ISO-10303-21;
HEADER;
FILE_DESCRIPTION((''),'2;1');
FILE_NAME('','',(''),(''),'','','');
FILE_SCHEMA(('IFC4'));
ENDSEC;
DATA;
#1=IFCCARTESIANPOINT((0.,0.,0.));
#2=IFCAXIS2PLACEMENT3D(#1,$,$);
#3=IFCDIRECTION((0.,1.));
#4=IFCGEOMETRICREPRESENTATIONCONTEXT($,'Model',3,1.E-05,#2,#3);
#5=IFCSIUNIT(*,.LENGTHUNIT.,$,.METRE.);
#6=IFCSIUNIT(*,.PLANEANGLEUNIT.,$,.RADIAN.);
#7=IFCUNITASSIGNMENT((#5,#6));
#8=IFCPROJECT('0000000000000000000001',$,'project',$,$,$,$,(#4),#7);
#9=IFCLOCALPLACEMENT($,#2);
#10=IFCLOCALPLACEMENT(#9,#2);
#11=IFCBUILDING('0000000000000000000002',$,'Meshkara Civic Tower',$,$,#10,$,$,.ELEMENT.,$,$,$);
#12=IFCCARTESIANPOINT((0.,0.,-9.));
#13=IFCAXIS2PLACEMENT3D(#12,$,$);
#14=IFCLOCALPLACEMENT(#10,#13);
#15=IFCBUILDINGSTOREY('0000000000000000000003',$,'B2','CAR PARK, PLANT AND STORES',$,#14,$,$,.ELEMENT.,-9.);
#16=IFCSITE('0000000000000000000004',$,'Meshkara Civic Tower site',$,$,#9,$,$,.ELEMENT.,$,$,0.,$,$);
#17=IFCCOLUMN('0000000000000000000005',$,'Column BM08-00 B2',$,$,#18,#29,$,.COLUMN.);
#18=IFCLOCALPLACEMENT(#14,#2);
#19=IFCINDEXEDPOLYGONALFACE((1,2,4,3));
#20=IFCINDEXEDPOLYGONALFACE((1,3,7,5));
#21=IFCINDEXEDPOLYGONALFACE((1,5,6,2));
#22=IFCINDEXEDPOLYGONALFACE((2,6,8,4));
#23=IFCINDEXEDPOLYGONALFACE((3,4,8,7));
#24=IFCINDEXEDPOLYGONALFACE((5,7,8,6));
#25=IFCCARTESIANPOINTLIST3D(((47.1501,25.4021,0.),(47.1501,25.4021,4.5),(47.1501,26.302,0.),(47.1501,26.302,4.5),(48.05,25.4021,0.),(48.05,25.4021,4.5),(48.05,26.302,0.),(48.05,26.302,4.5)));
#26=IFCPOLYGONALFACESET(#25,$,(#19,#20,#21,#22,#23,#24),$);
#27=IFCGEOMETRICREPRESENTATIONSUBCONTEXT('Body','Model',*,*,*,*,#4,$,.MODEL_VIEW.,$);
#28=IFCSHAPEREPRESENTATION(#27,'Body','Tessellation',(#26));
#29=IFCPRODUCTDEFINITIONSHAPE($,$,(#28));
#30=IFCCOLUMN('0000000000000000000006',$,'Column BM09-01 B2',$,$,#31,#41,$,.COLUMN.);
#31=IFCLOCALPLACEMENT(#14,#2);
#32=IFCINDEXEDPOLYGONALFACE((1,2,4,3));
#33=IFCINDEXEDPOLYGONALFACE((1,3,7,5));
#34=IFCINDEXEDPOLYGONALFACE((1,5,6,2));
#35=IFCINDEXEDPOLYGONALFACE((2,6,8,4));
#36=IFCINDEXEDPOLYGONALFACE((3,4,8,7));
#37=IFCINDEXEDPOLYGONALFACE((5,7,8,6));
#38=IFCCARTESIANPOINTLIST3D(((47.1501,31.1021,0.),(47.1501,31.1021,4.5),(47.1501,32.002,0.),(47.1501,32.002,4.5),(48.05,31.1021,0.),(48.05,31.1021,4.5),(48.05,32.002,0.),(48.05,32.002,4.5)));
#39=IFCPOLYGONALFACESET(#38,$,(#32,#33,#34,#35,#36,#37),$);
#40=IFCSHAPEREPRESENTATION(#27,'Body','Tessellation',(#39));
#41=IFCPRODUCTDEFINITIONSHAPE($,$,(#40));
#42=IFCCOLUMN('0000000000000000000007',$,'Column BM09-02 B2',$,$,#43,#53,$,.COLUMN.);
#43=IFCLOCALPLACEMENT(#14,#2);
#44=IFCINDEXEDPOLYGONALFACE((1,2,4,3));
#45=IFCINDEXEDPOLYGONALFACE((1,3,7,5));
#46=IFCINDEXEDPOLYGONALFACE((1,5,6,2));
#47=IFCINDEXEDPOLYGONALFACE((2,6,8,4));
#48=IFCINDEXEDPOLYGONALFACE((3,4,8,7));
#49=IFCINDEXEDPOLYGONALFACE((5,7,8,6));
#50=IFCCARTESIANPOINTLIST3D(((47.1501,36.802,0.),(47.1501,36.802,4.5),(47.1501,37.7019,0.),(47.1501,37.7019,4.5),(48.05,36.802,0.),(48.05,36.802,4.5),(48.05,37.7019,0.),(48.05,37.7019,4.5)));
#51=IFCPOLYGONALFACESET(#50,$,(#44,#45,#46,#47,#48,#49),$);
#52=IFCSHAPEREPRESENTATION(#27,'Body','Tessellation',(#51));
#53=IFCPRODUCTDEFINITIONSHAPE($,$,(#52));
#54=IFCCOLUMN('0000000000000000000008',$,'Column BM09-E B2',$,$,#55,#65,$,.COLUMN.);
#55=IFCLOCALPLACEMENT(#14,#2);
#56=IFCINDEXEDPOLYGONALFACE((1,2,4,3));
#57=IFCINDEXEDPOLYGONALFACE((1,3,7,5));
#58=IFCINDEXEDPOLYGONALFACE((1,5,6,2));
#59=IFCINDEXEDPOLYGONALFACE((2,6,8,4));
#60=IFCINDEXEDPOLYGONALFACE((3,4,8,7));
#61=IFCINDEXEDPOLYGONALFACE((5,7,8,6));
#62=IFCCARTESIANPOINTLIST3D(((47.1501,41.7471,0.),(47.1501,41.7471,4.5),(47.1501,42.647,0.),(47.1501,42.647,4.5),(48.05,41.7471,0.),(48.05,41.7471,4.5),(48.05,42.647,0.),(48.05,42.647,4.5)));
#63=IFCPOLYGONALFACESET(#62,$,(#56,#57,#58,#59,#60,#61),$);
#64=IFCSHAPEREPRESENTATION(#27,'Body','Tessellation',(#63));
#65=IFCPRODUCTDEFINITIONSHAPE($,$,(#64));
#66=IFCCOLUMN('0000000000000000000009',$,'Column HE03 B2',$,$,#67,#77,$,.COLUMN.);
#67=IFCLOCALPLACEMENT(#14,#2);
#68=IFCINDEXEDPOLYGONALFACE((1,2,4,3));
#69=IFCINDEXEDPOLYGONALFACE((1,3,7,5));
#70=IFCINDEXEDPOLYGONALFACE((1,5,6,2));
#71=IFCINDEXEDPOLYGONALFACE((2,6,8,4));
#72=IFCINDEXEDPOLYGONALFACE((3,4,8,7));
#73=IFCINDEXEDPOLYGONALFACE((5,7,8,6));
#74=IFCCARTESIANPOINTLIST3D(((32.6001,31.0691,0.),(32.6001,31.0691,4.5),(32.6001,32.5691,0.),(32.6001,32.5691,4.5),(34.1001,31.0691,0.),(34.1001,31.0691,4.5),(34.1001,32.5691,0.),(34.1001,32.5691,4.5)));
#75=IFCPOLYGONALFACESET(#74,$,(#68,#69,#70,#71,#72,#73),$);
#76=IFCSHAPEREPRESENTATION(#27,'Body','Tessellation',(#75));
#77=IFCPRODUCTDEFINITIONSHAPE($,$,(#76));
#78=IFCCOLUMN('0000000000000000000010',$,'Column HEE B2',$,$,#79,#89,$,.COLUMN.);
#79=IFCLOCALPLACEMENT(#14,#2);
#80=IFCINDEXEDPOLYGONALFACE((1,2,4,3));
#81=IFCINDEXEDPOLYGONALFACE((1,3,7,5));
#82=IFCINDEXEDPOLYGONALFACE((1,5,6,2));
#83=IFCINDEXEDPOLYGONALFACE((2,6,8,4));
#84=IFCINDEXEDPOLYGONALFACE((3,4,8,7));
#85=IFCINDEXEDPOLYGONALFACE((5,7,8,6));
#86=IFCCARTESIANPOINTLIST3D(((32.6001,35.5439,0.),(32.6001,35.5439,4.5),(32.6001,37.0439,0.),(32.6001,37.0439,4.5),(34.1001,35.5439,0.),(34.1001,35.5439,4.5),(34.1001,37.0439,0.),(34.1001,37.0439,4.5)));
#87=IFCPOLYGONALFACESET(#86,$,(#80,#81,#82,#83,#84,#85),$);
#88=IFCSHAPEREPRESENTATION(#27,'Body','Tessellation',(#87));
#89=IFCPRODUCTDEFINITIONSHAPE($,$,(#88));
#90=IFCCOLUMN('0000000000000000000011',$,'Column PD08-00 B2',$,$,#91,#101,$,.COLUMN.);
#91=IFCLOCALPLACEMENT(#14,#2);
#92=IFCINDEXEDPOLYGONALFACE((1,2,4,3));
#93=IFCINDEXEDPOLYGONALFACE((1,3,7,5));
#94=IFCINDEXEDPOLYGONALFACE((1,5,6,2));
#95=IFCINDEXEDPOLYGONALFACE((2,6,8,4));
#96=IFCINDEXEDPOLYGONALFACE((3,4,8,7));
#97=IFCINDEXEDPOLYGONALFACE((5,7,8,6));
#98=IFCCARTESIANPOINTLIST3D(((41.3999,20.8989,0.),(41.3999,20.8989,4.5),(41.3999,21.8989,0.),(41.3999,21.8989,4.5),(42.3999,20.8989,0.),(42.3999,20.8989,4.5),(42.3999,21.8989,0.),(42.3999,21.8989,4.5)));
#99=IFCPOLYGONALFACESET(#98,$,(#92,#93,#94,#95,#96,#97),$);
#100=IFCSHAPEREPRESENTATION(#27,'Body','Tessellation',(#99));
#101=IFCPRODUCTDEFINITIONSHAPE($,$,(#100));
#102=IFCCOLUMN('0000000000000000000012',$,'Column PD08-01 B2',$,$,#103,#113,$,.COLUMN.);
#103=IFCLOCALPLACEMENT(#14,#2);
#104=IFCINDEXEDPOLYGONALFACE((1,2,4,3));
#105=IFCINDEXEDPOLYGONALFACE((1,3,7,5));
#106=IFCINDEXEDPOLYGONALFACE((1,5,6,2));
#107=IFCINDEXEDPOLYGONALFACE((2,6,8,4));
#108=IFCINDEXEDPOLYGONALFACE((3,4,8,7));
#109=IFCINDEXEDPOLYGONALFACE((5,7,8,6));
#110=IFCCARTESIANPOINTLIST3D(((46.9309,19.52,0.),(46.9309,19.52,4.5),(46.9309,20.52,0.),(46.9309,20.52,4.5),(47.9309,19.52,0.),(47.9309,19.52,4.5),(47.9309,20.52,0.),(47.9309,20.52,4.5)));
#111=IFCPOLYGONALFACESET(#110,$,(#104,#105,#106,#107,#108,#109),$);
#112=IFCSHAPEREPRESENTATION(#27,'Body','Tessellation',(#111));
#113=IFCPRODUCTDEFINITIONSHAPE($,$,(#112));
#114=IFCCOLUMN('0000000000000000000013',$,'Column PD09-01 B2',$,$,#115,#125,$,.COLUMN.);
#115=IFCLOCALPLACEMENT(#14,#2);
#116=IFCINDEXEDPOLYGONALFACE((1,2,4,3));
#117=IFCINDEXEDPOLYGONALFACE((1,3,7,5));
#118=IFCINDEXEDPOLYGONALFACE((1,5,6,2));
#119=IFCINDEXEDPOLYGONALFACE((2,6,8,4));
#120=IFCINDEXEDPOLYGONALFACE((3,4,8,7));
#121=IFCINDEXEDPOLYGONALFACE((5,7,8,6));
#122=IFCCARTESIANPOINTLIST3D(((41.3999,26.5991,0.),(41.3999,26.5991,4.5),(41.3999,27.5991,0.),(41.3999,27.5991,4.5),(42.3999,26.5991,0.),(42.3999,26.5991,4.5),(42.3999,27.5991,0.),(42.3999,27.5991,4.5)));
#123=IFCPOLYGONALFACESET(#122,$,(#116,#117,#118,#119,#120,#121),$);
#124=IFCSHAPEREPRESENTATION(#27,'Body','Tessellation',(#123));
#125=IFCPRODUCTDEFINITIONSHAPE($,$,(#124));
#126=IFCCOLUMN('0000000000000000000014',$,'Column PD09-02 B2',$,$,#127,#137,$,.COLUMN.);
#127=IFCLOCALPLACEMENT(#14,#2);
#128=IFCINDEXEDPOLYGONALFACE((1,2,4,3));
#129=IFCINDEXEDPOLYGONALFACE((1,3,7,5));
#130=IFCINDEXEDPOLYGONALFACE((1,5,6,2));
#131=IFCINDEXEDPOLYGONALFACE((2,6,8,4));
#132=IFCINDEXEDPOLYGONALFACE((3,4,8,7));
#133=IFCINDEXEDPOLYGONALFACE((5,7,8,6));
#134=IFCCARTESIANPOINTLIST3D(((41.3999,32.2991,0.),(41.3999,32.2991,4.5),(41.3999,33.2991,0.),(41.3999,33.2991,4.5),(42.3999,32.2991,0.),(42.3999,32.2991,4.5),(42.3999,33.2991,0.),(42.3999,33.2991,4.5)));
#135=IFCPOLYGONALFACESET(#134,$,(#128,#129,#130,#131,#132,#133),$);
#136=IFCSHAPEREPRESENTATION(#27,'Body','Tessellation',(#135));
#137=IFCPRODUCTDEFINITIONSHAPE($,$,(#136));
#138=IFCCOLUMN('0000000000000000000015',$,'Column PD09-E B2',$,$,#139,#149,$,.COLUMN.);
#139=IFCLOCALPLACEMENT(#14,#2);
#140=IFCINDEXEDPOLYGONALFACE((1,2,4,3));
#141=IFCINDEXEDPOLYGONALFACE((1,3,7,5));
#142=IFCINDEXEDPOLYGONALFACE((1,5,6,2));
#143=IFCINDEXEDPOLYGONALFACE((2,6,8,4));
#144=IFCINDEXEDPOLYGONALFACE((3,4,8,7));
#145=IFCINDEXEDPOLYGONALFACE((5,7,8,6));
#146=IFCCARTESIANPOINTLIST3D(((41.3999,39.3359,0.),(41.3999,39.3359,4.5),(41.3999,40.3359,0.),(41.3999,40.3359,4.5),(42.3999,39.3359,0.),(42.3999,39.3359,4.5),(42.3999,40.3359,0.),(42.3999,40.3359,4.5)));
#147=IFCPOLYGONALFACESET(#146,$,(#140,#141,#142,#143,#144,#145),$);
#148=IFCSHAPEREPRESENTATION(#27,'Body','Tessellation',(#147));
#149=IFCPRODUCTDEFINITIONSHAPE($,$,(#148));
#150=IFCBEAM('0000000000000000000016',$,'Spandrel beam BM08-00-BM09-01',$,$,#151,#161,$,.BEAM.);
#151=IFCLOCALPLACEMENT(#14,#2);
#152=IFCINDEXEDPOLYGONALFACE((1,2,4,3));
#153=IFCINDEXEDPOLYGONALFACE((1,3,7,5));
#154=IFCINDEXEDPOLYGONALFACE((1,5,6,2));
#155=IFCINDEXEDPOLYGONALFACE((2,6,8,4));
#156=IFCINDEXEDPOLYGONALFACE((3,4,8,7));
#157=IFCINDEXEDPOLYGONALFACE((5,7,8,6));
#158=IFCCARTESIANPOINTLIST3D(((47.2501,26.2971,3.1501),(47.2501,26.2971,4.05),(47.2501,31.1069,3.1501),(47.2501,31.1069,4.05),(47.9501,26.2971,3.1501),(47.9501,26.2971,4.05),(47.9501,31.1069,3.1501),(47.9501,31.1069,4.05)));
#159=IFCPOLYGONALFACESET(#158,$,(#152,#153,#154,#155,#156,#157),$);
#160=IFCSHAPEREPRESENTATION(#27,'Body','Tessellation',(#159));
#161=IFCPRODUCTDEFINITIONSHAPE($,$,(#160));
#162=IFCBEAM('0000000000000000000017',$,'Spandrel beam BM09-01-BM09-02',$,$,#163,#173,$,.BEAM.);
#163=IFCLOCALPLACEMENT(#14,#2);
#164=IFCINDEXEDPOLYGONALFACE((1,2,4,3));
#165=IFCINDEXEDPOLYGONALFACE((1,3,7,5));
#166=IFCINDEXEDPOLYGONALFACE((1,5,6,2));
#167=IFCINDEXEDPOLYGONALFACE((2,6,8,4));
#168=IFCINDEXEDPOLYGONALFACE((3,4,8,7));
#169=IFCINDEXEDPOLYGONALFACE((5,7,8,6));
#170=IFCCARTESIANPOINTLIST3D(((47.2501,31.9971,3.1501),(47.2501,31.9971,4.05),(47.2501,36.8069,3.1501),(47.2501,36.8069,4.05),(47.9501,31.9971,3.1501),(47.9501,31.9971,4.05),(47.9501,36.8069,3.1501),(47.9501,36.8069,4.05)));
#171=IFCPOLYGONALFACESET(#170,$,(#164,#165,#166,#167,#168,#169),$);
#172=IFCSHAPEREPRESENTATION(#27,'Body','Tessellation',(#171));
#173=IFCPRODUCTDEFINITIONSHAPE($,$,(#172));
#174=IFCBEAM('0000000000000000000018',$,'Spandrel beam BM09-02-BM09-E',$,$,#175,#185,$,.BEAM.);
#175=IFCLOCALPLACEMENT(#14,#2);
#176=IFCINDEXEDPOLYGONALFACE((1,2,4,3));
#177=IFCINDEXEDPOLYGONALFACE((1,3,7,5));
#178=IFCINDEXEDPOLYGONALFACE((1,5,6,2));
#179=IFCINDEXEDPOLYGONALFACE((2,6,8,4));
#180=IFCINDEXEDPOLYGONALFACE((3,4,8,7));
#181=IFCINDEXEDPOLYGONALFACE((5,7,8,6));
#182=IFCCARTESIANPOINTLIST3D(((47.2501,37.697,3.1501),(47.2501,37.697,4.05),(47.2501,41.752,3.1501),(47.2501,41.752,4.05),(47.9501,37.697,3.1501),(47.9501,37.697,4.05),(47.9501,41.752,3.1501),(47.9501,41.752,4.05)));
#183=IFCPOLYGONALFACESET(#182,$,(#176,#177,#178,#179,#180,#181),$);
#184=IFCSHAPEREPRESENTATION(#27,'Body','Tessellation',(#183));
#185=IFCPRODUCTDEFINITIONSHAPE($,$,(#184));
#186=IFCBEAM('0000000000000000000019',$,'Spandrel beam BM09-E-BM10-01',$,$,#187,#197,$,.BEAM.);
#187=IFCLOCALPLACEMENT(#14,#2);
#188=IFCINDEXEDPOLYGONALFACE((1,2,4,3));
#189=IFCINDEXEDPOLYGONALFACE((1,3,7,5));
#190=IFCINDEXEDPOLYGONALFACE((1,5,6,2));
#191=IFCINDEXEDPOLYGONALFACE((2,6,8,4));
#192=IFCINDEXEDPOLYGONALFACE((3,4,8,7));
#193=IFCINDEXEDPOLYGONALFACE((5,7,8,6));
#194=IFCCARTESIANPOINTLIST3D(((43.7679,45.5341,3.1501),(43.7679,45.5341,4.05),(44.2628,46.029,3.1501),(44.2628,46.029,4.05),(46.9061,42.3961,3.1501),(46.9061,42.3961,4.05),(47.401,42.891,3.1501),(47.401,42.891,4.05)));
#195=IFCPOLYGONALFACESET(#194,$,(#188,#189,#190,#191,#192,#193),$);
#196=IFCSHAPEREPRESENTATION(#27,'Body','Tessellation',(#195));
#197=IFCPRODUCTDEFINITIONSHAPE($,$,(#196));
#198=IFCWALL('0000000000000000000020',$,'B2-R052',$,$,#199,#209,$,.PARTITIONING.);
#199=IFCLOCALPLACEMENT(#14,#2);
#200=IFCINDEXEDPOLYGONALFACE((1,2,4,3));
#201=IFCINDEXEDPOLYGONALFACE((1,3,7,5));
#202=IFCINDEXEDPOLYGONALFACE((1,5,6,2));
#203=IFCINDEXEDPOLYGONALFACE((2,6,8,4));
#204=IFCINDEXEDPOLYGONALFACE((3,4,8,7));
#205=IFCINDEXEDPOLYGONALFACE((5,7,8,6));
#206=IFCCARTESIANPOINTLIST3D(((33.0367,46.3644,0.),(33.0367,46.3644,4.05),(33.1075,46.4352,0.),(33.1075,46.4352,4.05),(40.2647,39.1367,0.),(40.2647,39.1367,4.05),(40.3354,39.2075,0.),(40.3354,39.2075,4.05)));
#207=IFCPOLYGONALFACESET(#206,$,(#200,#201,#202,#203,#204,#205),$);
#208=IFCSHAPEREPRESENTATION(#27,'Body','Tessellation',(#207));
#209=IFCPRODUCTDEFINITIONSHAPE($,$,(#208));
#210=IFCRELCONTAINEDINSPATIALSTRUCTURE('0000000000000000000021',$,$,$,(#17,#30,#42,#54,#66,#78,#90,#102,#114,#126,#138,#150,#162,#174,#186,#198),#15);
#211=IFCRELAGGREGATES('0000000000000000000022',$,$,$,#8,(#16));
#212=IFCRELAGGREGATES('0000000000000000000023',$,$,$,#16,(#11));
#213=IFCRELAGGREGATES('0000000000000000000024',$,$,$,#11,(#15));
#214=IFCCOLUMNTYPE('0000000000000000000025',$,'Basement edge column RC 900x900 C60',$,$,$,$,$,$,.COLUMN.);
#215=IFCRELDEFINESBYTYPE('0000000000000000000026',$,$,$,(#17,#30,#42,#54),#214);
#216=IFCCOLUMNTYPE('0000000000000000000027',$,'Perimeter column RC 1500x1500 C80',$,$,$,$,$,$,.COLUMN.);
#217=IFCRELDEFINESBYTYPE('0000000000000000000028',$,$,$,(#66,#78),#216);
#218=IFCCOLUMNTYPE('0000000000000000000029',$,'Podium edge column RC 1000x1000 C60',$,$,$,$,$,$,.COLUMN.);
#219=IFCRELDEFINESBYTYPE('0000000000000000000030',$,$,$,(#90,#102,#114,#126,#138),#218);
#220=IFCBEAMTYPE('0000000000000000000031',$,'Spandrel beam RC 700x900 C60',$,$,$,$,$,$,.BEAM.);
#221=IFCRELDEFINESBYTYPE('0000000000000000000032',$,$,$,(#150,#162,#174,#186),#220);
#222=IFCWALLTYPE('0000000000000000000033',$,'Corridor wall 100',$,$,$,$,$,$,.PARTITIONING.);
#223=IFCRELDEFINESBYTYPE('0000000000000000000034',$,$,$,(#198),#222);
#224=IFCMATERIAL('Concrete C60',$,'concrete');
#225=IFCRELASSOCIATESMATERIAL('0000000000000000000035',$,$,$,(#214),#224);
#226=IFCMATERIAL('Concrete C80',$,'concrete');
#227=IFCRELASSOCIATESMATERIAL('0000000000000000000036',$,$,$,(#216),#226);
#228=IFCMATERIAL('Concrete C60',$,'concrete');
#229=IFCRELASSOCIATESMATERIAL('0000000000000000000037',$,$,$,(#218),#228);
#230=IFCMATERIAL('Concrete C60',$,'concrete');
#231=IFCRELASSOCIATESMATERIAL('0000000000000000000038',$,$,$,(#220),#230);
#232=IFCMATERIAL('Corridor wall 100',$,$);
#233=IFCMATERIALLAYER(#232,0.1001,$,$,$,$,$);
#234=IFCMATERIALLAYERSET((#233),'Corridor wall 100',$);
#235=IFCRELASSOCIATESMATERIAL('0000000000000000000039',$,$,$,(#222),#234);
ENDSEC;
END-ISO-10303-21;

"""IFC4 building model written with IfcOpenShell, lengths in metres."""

from ifc_helpers import new_model, si_unit, direction, frame, frame_2d, origin, origin_2d, place, context, subcontext, project, spatial, rectangle, extrude, material, layer, layer_set, material_profile, profile_set, type_object, element, save


model = new_model("IFC4")

# Units and contexts
model_context = context("Model", 3, precision=1e-05, world=origin(), true_north=direction((0.0, 1.0)))
body_context = subcontext(model_context, "Body", "Model", "MODEL_VIEW")
ifc_project = project(units=[si_unit("LENGTHUNIT", "METRE"), si_unit("PLANEANGLEUNIT", "RADIAN")], contexts=[model_context])

# Site, building, storey
site_placement = place(None, origin())
site = spatial("IfcSite", under=ifc_project, at=site_placement, Name="Meshkara Civic Tower site", CompositionType="ELEMENT", RefElevation=0.0)
building_placement = place(site_placement, origin())
building = spatial("IfcBuilding", under=site, at=building_placement, Name="Meshkara Civic Tower", CompositionType="ELEMENT")
storey_placement = place(building_placement, frame((0.0, 0.0, -9.0)))
storey = spatial("IfcBuildingStorey", under=building, at=storey_placement, Name="B2", Description="CAR PARK, PLANT AND STORES", CompositionType="ELEMENT", Elevation=-9.0)

# Columns
ifc_material_1 = material(Name="Concrete C60", Category="concrete")
ifc_material_profile_1 = material_profile(ifc_material_1, rectangle(XDim=0.8999, YDim=0.8999, at=origin_2d()))
ifc_profile_set_1 = profile_set([ifc_material_profile_1], Name="Concrete C60")
column_type_1 = type_object("IfcColumnType", Name="Basement edge column RC 900x900 C60", PredefinedType="COLUMN", material=ifc_profile_set_1)
for number, where, z_axis, x_axis, name in (
    (1, (47.6001, 25.8521, 0.0), (0.0, 0.0, 1.0), (1.0, 0.0, 0.0), "Column BM08-00 B2"),
    (2, (47.6001, 31.552, 0.0), (0.0, 0.0, 1.0), (1.0, 0.0, 0.0), "Column BM09-01 B2"),
    (3, (47.6001, 37.252, 0.0), (0.0, 0.0, 1.0), (1.0, 0.0, 0.0), "Column BM09-02 B2"),
    (4, (47.6001, 42.197, 0.0), (0.0, 0.0, 1.0), (1.0, 0.0, 0.0), "Column BM09-E B2"),
):
    element("IfcColumn", number, at=place(storey_placement, frame(where, z_axis=z_axis, x_axis=x_axis)), inside=storey, type_object=column_type_1, Name=name, PredefinedType="COLUMN", context=body_context, shape_type="SweptSolid", body=[
        extrude(rectangle(XDim=0.8999, YDim=0.8999, at=origin_2d()), origin(), (0.0, 0.0, 1.0), 4.5),
    ])
ifc_material_2 = material(Name="Concrete C80", Category="concrete")
ifc_material_profile_2 = material_profile(ifc_material_2, rectangle(XDim=1.5, YDim=1.5, at=origin_2d()))
ifc_profile_set_2 = profile_set([ifc_material_profile_2], Name="Concrete C80")
column_type_2 = type_object("IfcColumnType", Name="Perimeter column RC 1500x1500 C80", PredefinedType="COLUMN", material=ifc_profile_set_2)
for number, where, z_axis, x_axis, name in (
    (5, (33.3501, 31.8191, 0.0), (0.0, 0.0, 1.0), (1.0, 0.0, 0.0), "Column HE03 B2"),
    (6, (33.3501, 36.2939, 0.0), (0.0, 0.0, 1.0), (1.0, 0.0, 0.0), "Column HEE B2"),
):
    element("IfcColumn", number, at=place(storey_placement, frame(where, z_axis=z_axis, x_axis=x_axis)), inside=storey, type_object=column_type_2, Name=name, PredefinedType="COLUMN", context=body_context, shape_type="SweptSolid", body=[
        extrude(rectangle(XDim=1.5, YDim=1.5, at=origin_2d()), origin(), (0.0, 0.0, 1.0), 4.5),
    ])
ifc_material_3 = material(Name="Concrete C60", Category="concrete")
ifc_material_profile_3 = material_profile(ifc_material_3, rectangle(XDim=1.0, YDim=1.0, at=origin_2d()))
ifc_profile_set_3 = profile_set([ifc_material_profile_3], Name="Concrete C60")
column_type_3 = type_object("IfcColumnType", Name="Podium edge column RC 1000x1000 C60", PredefinedType="COLUMN", material=ifc_profile_set_3)
for number, where, z_axis, x_axis, name in (
    (7, (41.8999, 21.3989, 0.0), (0.0, 0.0, 1.0), (1.0, 0.0, 0.0), "Column PD08-00 B2"),
    (8, (47.4309, 20.02, 0.0), (0.0, 0.0, 1.0), (1.0, 0.0, 0.0), "Column PD08-01 B2"),
    (9, (41.8999, 27.0991, 0.0), (0.0, 0.0, 1.0), (1.0, 0.0, 0.0), "Column PD09-01 B2"),
    (10, (41.8999, 32.7991, 0.0), (0.0, 0.0, 1.0), (1.0, 0.0, 0.0), "Column PD09-02 B2"),
    (11, (41.8999, 39.8359, 0.0), (0.0, 0.0, 1.0), (1.0, 0.0, 0.0), "Column PD09-E B2"),
):
    element("IfcColumn", number, at=place(storey_placement, frame(where, z_axis=z_axis, x_axis=x_axis)), inside=storey, type_object=column_type_3, Name=name, PredefinedType="COLUMN", context=body_context, shape_type="SweptSolid", body=[
        extrude(rectangle(XDim=1.0, YDim=1.0, at=origin_2d()), origin(), (0.0, 0.0, 1.0), 4.5),
    ])

# Beams
ifc_material_4 = material(Name="Concrete C60", Category="concrete")
ifc_material_profile_4 = material_profile(ifc_material_4, rectangle(XDim=0.7, YDim=0.8999, at=origin_2d()))
ifc_profile_set_4 = profile_set([ifc_material_profile_4], Name="Concrete C60")
beam_type = type_object("IfcBeamType", Name="Spandrel beam RC 700x900 C60", PredefinedType="BEAM", material=ifc_profile_set_4)
for number, where, z_axis, x_axis, name in (
    (12, (47.6001, 26.2971, 3.6001), (0.0, 1.0, 0.0), (-1.0, 0.0, 0.0), "Spandrel beam BM08-00-BM09-01"),
    (13, (47.6001, 31.9971, 3.6001), (0.0, 1.0, 0.0), (-1.0, 0.0, 0.0), "Spandrel beam BM09-01-BM09-02"),
):
    element("IfcBeam", number, at=place(storey_placement, frame(where, z_axis=z_axis, x_axis=x_axis)), inside=storey, type_object=beam_type, Name=name, PredefinedType="BEAM", context=body_context, shape_type="SweptSolid", body=[
        extrude(rectangle(XDim=0.7, YDim=0.8999, at=origin_2d()), origin(), (0.0, 0.0, 1.0), 4.8098),
    ])
beam_1_placement = place(storey_placement, frame((47.6001, 37.697, 3.6001), z_axis=(0.0, 1.0, 0.0), x_axis=(-1.0, 0.0, 0.0)))
element("IfcBeam", 14, at=beam_1_placement, inside=storey, type_object=beam_type, Name="Spandrel beam BM09-02-BM09-E", PredefinedType="BEAM", context=body_context, shape_type="SweptSolid", body=[
    extrude(rectangle(XDim=0.7, YDim=0.8999, at=origin_2d()), origin(), (0.0, 0.0, 1.0), 4.0549),
])
beam_2_placement = place(storey_placement, frame((47.1536, 42.6436, 3.6001), z_axis=(-0.707134, 0.707079, 0.0), x_axis=(-0.707079, -0.707134, 0.0)))
element("IfcBeam", 15, at=beam_2_placement, inside=storey, type_object=beam_type, Name="Spandrel beam BM09-E-BM10-01", PredefinedType="BEAM", context=body_context, shape_type="SweptSolid", body=[
    extrude(rectangle(XDim=0.7, YDim=0.8999, at=origin_2d()), origin(), (0.0, 0.0, 1.0), 4.438),
])

# Wall
ifc_material_5 = material(Name="Corridor wall 100")
ifc_layer_1 = layer(ifc_material_5, 0.1001)
ifc_layer_set_1 = layer_set([ifc_layer_1], Name="Corridor wall 100")
wall_type_1 = type_object("IfcWallType", Name="Corridor wall 100", PredefinedType="PARTITIONING", material=ifc_layer_set_1)
wall_1_placement = place(storey_placement, frame((40.3, 39.1721, 0.0), z_axis=(0.0, 0.0, 1.0), x_axis=(-0.707119, 0.707095, 0.0)))
element("IfcWall", 16, at=wall_1_placement, inside=storey, type_object=wall_type_1, Name="B2-R052", PredefinedType="PARTITIONING", context=body_context, shape_type="SweptSolid", body=[
    extrude(rectangle(XDim=10.2217, YDim=0.1001, at=frame_2d((5.1108, 0.0))), origin(), (0.0, 0.0, 1.0), 4.05),
])

save(model, "model.ifc")
